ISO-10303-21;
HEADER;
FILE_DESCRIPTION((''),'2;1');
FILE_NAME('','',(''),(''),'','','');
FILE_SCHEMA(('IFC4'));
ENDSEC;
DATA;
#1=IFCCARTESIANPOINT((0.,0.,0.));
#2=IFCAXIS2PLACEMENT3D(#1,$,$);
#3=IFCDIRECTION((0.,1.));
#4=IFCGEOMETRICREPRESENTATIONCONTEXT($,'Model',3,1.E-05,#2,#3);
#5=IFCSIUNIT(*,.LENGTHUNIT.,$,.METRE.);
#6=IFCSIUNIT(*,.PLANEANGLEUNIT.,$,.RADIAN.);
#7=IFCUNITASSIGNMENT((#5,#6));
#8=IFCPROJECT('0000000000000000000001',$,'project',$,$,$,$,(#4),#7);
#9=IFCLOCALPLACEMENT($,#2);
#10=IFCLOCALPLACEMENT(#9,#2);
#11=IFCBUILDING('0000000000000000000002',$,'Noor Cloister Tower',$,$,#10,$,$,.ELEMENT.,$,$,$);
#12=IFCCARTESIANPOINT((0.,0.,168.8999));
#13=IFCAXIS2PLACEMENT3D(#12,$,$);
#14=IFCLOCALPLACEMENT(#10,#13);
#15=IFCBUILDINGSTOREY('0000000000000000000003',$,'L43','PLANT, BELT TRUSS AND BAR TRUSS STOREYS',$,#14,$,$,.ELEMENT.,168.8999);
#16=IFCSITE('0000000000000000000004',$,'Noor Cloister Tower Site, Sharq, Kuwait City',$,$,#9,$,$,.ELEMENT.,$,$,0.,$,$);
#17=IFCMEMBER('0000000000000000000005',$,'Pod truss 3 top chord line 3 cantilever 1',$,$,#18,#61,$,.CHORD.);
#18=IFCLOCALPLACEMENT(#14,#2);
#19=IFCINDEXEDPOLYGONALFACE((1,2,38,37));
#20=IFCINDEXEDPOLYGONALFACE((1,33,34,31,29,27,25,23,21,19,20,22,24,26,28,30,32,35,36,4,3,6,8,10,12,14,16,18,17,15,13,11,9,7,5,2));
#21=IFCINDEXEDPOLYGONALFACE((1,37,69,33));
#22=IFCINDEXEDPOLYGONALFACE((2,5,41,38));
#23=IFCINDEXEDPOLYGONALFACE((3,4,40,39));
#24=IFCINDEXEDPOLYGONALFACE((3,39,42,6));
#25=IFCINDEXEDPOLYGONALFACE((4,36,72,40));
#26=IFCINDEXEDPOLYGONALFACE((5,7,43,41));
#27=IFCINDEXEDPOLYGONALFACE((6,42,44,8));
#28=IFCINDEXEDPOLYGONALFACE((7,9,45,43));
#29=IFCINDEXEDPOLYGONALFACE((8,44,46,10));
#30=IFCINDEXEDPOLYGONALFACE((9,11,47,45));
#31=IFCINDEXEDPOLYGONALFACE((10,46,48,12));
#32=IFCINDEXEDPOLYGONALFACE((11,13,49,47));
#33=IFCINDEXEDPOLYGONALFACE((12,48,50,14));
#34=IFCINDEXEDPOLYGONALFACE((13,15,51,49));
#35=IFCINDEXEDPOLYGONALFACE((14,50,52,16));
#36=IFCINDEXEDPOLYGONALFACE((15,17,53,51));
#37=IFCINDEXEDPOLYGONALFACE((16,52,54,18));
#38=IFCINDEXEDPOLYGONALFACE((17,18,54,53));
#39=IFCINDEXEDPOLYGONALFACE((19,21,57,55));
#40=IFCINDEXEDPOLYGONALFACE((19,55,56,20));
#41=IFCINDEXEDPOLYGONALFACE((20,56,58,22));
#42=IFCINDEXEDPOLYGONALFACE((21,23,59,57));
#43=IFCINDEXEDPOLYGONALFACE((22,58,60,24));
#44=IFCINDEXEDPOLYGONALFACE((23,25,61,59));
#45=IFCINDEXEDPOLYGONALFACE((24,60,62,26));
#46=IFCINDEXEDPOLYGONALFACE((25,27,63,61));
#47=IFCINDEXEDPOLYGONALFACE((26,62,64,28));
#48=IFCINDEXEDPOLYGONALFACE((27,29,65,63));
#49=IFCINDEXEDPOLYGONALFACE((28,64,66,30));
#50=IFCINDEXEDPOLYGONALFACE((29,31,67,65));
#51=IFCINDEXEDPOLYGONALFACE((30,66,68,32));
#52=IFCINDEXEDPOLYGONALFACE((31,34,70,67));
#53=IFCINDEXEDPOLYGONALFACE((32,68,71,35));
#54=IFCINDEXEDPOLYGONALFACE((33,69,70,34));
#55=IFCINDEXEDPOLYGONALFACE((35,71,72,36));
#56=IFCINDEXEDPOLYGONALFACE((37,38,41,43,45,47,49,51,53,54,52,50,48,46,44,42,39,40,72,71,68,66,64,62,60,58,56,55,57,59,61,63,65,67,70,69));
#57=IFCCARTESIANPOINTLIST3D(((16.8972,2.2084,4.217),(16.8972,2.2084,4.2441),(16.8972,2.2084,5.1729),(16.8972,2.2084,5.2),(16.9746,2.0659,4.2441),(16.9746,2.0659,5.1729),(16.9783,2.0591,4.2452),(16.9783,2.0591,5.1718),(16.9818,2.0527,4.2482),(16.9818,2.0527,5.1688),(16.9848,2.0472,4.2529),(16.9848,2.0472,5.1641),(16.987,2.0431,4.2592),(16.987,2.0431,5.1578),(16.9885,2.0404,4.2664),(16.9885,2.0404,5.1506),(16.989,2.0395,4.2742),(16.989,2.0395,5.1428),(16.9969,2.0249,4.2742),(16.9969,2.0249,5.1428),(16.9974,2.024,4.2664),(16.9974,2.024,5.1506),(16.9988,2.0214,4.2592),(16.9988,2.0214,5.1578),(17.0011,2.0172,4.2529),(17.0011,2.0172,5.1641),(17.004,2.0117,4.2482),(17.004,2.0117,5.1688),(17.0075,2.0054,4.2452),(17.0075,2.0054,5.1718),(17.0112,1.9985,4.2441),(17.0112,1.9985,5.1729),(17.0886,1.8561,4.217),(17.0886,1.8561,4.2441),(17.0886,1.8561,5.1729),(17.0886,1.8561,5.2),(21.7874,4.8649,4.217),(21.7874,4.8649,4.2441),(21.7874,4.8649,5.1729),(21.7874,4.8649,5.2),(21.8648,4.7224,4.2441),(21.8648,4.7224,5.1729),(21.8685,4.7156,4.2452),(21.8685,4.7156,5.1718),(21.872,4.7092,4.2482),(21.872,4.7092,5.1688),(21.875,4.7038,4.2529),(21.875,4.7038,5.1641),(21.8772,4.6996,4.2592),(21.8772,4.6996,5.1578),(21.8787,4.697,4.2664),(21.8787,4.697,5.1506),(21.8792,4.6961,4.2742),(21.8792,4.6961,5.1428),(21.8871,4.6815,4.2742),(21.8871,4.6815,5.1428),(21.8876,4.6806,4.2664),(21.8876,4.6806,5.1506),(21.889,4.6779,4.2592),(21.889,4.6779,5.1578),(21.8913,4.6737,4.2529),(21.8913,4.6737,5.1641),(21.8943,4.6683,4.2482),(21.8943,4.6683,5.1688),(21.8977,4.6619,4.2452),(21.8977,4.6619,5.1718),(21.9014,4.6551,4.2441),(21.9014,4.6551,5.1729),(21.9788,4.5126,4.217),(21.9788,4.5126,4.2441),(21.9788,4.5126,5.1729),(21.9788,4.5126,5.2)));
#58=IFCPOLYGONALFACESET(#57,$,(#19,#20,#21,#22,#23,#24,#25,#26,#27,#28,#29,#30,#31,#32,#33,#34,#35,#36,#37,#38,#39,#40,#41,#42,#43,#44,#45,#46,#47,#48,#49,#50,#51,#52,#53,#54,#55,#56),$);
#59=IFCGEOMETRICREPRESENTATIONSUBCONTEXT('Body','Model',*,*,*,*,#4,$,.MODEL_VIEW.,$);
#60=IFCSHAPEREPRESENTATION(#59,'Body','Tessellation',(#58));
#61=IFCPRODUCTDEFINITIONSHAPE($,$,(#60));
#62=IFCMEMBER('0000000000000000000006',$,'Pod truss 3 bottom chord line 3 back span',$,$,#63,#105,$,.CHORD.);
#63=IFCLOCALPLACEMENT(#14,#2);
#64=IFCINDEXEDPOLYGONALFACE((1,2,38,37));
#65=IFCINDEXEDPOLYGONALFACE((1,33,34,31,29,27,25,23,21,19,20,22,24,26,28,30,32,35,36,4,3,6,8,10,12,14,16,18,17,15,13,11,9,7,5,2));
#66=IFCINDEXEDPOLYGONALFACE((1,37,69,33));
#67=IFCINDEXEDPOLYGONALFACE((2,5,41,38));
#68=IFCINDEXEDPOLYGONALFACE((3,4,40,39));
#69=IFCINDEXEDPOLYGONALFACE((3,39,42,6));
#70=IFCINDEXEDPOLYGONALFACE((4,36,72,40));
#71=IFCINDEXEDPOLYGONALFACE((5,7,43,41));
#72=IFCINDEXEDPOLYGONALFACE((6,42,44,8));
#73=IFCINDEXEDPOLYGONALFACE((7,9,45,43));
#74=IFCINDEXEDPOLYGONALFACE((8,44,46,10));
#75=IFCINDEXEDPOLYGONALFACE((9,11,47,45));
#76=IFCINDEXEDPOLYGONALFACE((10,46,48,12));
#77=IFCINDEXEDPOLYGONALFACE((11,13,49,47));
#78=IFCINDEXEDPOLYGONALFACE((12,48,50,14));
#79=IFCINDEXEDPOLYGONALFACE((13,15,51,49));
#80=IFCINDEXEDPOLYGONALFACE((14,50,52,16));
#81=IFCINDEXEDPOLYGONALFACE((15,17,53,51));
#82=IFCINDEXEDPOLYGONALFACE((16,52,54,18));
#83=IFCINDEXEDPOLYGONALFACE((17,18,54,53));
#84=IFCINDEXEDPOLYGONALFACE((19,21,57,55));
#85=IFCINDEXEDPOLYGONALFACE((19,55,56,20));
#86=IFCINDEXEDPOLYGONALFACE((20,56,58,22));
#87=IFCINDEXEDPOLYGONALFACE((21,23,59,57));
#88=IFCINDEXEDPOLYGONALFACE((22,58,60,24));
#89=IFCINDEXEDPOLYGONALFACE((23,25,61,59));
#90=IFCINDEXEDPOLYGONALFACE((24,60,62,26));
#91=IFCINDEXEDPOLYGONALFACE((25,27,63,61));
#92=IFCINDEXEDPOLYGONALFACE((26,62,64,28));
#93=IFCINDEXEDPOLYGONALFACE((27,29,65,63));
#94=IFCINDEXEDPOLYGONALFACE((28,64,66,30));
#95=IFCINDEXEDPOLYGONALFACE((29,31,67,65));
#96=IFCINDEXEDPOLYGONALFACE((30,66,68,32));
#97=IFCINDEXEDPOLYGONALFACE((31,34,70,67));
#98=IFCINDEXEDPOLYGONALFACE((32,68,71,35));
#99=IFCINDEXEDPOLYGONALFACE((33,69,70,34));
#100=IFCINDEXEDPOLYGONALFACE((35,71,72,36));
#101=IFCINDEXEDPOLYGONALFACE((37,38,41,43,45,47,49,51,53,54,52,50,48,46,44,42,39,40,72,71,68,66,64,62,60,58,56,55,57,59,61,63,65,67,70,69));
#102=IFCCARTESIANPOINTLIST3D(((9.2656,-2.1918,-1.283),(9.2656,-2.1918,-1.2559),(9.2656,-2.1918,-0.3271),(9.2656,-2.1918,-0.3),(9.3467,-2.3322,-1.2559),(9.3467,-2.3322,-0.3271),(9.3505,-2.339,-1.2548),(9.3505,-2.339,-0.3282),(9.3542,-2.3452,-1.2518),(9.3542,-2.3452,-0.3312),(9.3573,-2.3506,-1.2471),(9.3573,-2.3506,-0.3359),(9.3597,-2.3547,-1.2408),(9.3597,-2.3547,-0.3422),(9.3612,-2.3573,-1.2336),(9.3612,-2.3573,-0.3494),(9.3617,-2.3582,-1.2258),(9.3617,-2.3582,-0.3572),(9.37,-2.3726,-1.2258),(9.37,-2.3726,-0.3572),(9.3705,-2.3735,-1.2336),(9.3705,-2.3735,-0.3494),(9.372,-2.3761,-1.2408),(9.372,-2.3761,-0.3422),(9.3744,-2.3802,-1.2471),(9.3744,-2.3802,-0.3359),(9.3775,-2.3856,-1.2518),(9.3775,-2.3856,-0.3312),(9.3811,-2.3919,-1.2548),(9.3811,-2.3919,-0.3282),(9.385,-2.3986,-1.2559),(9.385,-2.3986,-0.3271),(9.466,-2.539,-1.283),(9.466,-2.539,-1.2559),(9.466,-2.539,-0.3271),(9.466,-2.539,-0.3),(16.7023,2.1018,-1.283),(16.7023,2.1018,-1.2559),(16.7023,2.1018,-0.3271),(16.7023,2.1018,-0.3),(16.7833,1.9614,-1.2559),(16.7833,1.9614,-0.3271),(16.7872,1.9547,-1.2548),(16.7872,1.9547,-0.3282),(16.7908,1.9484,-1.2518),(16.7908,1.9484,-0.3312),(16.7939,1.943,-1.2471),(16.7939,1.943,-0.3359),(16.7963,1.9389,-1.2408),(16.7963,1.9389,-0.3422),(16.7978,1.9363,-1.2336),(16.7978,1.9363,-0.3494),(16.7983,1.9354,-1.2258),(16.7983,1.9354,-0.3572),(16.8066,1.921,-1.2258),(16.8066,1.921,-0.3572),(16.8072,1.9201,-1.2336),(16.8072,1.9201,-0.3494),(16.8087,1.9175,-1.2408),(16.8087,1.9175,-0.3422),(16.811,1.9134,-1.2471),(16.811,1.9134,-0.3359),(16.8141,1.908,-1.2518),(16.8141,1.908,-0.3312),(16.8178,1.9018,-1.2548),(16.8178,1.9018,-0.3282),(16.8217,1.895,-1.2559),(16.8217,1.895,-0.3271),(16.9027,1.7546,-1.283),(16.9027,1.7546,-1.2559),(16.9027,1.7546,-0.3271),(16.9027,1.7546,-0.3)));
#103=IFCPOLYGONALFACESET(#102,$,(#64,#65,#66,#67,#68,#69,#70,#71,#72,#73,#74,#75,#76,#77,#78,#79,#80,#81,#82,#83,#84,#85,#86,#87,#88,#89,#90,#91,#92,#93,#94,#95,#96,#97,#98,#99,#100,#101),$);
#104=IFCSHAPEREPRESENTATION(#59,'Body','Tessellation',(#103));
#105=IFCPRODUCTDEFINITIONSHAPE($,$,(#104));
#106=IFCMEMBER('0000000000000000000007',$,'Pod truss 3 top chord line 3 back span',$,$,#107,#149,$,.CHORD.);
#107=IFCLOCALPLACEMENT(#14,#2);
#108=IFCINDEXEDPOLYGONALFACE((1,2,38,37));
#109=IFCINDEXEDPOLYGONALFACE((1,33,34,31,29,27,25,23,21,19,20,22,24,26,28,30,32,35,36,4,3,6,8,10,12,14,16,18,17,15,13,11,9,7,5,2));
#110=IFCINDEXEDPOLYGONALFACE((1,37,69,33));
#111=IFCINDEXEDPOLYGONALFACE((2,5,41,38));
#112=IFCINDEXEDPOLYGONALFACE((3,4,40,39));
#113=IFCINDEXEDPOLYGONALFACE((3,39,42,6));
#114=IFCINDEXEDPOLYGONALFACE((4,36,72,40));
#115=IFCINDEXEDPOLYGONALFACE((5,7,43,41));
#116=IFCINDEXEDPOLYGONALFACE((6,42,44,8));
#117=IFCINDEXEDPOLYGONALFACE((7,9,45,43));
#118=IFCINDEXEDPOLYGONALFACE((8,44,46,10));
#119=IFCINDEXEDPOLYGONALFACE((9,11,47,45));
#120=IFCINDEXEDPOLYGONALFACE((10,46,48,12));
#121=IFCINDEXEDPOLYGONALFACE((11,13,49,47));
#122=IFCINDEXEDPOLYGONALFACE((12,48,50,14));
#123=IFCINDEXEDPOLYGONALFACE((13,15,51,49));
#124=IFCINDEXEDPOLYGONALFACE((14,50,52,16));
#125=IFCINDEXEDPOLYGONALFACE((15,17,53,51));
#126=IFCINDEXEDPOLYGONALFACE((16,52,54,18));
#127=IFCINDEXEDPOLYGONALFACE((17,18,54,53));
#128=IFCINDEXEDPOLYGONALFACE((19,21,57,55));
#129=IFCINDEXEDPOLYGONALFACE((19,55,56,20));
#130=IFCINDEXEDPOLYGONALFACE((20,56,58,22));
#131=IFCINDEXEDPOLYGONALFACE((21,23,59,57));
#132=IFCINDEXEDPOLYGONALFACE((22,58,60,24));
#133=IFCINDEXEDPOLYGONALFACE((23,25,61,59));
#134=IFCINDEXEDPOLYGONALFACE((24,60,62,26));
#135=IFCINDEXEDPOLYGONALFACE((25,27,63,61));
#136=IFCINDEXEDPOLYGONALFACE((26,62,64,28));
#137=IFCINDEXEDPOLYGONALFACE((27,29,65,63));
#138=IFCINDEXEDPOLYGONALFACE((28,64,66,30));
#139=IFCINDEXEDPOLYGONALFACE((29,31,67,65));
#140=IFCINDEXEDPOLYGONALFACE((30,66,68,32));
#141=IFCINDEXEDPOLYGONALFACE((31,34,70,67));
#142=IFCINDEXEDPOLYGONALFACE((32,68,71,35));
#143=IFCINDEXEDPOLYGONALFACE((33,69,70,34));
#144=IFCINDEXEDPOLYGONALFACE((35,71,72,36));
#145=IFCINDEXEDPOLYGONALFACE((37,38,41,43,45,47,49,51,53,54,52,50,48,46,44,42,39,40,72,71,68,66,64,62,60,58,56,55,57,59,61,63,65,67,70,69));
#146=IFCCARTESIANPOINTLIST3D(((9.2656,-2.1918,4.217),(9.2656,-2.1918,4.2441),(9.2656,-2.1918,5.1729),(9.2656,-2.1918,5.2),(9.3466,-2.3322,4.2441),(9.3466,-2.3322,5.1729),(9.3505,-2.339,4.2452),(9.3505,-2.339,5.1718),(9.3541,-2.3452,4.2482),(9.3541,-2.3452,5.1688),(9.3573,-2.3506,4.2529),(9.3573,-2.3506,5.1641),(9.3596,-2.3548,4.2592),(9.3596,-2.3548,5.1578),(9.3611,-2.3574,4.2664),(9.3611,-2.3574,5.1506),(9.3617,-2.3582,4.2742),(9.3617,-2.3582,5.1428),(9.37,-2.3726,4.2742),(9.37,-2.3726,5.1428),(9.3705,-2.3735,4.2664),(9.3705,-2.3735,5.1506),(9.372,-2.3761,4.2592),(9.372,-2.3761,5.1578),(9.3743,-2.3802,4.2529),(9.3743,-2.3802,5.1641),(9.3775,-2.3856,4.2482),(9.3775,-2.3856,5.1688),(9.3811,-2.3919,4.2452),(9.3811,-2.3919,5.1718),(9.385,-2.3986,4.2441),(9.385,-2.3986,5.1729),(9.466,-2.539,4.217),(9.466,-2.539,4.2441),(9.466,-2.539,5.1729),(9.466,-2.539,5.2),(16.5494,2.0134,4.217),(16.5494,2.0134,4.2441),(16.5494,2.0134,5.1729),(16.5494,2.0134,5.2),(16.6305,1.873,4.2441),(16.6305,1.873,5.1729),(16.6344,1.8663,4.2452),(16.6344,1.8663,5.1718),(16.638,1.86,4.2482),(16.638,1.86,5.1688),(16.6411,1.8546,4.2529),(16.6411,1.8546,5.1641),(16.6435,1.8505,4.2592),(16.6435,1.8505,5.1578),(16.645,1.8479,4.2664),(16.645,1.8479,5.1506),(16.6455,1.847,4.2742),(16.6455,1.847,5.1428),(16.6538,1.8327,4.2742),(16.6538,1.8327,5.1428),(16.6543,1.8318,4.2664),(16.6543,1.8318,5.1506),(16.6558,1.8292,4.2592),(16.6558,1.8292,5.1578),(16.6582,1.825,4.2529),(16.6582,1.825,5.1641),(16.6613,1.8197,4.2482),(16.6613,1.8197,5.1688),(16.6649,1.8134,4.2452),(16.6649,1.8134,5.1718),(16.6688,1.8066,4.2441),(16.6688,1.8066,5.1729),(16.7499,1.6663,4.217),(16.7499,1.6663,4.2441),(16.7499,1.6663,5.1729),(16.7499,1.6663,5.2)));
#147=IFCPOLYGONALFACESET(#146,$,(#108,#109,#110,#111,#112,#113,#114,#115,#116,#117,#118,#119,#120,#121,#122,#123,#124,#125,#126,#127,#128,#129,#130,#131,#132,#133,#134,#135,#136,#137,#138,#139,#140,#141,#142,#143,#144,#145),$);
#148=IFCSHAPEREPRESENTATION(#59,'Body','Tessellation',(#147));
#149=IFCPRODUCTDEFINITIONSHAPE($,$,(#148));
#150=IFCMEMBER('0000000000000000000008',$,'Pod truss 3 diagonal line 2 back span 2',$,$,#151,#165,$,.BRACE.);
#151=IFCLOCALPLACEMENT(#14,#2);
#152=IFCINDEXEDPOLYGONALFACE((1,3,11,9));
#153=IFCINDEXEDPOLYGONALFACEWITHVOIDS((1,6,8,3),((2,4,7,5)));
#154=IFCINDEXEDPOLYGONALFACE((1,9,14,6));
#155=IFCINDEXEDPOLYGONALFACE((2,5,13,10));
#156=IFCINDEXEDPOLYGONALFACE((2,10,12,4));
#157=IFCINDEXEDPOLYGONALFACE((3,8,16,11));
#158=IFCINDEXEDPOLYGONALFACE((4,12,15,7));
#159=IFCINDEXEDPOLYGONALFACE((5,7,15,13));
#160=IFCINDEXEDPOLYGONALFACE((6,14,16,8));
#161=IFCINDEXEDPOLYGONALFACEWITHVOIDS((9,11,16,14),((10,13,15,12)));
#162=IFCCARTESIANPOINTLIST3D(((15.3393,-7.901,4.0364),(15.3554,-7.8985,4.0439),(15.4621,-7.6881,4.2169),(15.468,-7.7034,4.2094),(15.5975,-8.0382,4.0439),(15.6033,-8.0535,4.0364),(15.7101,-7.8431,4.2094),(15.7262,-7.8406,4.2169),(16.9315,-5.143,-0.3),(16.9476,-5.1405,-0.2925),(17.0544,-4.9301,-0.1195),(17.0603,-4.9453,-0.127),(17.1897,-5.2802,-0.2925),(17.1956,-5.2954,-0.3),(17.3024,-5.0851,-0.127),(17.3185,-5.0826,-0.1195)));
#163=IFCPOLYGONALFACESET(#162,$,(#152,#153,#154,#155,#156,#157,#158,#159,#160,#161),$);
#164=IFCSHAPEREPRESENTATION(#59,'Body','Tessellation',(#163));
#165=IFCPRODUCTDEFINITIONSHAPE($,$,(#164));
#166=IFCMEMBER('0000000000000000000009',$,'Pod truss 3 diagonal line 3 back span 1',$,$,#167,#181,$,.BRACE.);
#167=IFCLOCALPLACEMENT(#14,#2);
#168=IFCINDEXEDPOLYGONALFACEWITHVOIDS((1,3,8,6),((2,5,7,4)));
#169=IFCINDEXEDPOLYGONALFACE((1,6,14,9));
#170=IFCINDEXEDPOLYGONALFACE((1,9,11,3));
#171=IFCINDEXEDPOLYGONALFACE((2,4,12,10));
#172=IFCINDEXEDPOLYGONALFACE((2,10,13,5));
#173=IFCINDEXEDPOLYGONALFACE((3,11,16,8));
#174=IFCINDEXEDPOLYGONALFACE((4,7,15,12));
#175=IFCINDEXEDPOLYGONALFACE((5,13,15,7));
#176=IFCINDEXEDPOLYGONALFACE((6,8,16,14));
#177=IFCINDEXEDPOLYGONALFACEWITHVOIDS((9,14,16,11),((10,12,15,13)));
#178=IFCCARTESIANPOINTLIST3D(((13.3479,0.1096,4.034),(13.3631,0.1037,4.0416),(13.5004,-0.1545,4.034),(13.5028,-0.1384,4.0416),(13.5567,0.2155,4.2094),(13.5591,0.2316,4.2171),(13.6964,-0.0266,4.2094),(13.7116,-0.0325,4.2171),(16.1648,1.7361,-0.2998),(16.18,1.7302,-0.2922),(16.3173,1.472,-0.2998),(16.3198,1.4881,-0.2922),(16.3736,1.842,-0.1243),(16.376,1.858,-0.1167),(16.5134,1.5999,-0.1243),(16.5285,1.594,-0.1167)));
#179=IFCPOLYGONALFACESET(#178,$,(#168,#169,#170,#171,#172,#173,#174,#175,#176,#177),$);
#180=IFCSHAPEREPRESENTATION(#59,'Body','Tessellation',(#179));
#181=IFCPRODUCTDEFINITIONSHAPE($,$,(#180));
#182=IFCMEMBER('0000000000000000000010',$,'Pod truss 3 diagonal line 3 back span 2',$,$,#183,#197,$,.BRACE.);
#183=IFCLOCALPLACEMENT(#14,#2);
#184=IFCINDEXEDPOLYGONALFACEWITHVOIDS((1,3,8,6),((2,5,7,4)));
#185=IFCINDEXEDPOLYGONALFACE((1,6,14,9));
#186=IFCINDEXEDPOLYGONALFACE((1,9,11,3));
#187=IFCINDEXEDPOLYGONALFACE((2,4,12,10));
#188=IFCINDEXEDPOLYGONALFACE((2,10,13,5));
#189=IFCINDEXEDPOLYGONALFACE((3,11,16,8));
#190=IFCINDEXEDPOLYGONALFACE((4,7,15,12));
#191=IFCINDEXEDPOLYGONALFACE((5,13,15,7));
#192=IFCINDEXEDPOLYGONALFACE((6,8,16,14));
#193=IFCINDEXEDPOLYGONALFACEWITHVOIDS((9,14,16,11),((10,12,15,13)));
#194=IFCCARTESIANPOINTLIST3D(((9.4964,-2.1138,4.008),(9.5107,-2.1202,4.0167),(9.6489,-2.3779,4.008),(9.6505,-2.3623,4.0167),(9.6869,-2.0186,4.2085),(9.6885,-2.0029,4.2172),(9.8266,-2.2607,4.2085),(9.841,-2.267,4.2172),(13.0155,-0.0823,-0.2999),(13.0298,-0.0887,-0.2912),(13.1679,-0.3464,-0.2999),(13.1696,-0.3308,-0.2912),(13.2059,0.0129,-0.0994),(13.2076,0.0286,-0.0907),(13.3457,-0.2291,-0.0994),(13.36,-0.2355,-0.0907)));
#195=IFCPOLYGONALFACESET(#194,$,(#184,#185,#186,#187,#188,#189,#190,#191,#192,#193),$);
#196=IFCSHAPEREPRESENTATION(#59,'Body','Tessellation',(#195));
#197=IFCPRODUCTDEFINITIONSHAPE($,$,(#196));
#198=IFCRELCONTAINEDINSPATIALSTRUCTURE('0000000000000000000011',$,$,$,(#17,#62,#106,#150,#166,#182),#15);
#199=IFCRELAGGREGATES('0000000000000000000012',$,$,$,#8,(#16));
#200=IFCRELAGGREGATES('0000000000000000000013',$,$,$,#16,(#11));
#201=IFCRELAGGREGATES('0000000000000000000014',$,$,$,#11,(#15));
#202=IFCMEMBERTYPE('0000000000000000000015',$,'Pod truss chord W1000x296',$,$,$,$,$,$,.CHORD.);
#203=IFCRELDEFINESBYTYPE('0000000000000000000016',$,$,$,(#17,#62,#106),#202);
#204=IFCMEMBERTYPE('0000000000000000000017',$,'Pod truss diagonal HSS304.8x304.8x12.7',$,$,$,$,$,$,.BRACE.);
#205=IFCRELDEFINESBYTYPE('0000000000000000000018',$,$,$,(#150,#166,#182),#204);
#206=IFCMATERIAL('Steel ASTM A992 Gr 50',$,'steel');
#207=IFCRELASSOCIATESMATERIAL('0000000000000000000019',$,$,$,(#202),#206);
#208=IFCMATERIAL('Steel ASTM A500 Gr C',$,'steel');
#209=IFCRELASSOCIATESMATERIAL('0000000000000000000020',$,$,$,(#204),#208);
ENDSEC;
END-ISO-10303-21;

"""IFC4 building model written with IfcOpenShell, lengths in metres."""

from ifc_helpers import new_model, si_unit, direction, frame, origin, origin_2d, place, context, subcontext, project, spatial, hollow_rectangle, i_section, extrude, material, material_profile, profile_set, type_object, element, save


model = new_model("IFC4")

# Units and contexts
model_context = context("Model", 3, precision=1e-05, world=origin(), true_north=direction((0.0, 1.0)))
body_context = subcontext(model_context, "Body", "Model", "MODEL_VIEW")
ifc_project = project(units=[si_unit("LENGTHUNIT", "METRE"), si_unit("PLANEANGLEUNIT", "RADIAN")], contexts=[model_context])

# Site, building, storey
site_placement = place(None, origin())
site = spatial("IfcSite", under=ifc_project, at=site_placement, Name="Noor Cloister Tower Site, Sharq, Kuwait City", CompositionType="ELEMENT", RefElevation=0.0)
building_placement = place(site_placement, origin())
building = spatial("IfcBuilding", under=site, at=building_placement, Name="Noor Cloister Tower", CompositionType="ELEMENT")
storey_placement = place(building_placement, frame((0.0, 0.0, 168.8999)))
storey = spatial("IfcBuildingStorey", under=building, at=storey_placement, Name="L43", Description="PLANT, BELT TRUSS AND BAR TRUSS STOREYS", CompositionType="ELEMENT", Elevation=168.8999)

# Members
ifc_material_1 = material(Name="Steel ASTM A992 Gr 50", Category="steel")
ifc_material_profile_1 = material_profile(ifc_material_1, i_section(OverallWidth=0.4009, OverallDepth=0.9829, WebThickness=0.0166, FlangeThickness=0.0271, FilletRadius=0.03, at=origin_2d()), Name="W1000x296")
ifc_profile_set_1 = profile_set([ifc_material_profile_1], Name="Steel ASTM A992 Gr 50")
member_type_1 = type_object("IfcMemberType", Name="Pod truss chord W1000x296", PredefinedType="CHORD", material=ifc_profile_set_1)
member_1_placement = place(storey_placement, frame((16.9929, 2.0322, 4.7085), z_axis=(0.878714, 0.477348, 0.0), x_axis=(-0.477348, 0.878714, 0.0)))
element("IfcMember", 1, at=member_1_placement, inside=storey, type_object=member_type_1, Name="Pod truss 3 top chord line 3 cantilever 1", PredefinedType="CHORD", context=body_context, shape_type="SweptSolid", body=[
    extrude(i_section(OverallWidth=0.4009, OverallDepth=0.9829, WebThickness=0.0166, FlangeThickness=0.0271, FilletRadius=0.03, at=origin_2d()), origin(), (0.0, 0.0, 1.0), 5.5652),
])
member_2_placement = place(storey_placement, frame((16.8025, 1.9282, -0.7915), z_axis=(-0.866021, -0.500007, 0.0), x_axis=(0.500007, -0.866021, 0.0)))
element("IfcMember", 2, at=member_2_placement, inside=storey, type_object=member_type_1, Name="Pod truss 3 bottom chord line 3 back span", PredefinedType="CHORD", context=body_context, shape_type="SweptSolid", body=[
    extrude(i_section(OverallWidth=0.4009, OverallDepth=0.9829, WebThickness=0.0166, FlangeThickness=0.0271, FilletRadius=0.03, at=origin_2d()), origin(), (0.0, 0.0, 1.0), 8.5872),
])
member_3_placement = place(storey_placement, frame((16.6497, 1.8398, 4.7085), z_axis=(-0.866028, -0.499995, 0.0), x_axis=(0.499995, -0.866028, 0.0)))
element("IfcMember", 3, at=member_3_placement, inside=storey, type_object=member_type_1, Name="Pod truss 3 top chord line 3 back span", PredefinedType="CHORD", context=body_context, shape_type="SweptSolid", body=[
    extrude(i_section(OverallWidth=0.4009, OverallDepth=0.9829, WebThickness=0.0166, FlangeThickness=0.0271, FilletRadius=0.03, at=origin_2d()), origin(), (0.0, 0.0, 1.0), 8.4106),
])
ifc_material_2 = material(Name="Steel ASTM A500 Gr C", Category="steel")
ifc_material_profile_2 = material_profile(ifc_material_2, hollow_rectangle(XDim=0.3049, YDim=0.3049, WallThickness=0.0127, at=origin_2d()), Name="HSS304.8x304.8x12.7")
ifc_profile_set_2 = profile_set([ifc_material_profile_2], Name="Steel ASTM A500 Gr C")
member_type_2 = type_object("IfcMemberType", Name="Pod truss diagonal HSS304.8x304.8x12.7", PredefinedType="BRACE", material=ifc_profile_set_2)
member_4_placement = place(storey_placement, frame((17.125, -5.1128, -0.2097), z_axis=(-0.295951, -0.512628, 0.805993), x_axis=(0.866036, -0.499981, 0.0)))
element("IfcMember", 4, at=member_4_placement, inside=storey, type_object=member_type_2, Name="Pod truss 3 diagonal line 2 back span 2", PredefinedType="BRACE", context=body_context, shape_type="SweptSolid", body=[
    extrude(hollow_rectangle(XDim=0.3049, YDim=0.3049, WallThickness=0.0127, at=origin_2d()), origin(), (0.0, 0.0, 1.0), 5.3801),
])
member_5_placement = place(storey_placement, frame((16.3467, 1.665, -0.2083), z_axis=(-0.519853, -0.300161, 0.799785), x_axis=(0.50003, -0.866008, 0.0)))
element("IfcMember", 5, at=member_5_placement, inside=storey, type_object=member_type_2, Name="Pod truss 3 diagonal line 3 back span 1", PredefinedType="BRACE", context=body_context, shape_type="SweptSolid", body=[
    extrude(hollow_rectangle(XDim=0.3049, YDim=0.3049, WallThickness=0.0127, at=origin_2d()), origin(), (0.0, 0.0, 1.0), 5.4187),
])
member_6_placement = place(storey_placement, frame((13.1877, -0.1589, -0.1953), z_axis=(-0.594247, -0.343051, 0.727452), x_axis=(0.499958, -0.86605, 0.0)))
element("IfcMember", 6, at=member_6_placement, inside=storey, type_object=member_type_2, Name="Pod truss 3 diagonal line 3 back span 2", PredefinedType="BRACE", context=body_context, shape_type="SweptSolid", body=[
    extrude(hollow_rectangle(XDim=0.3049, YDim=0.3049, WallThickness=0.0127, at=origin_2d()), origin(), (0.0, 0.0, 1.0), 5.9219),
])

save(model, "model.ifc")
